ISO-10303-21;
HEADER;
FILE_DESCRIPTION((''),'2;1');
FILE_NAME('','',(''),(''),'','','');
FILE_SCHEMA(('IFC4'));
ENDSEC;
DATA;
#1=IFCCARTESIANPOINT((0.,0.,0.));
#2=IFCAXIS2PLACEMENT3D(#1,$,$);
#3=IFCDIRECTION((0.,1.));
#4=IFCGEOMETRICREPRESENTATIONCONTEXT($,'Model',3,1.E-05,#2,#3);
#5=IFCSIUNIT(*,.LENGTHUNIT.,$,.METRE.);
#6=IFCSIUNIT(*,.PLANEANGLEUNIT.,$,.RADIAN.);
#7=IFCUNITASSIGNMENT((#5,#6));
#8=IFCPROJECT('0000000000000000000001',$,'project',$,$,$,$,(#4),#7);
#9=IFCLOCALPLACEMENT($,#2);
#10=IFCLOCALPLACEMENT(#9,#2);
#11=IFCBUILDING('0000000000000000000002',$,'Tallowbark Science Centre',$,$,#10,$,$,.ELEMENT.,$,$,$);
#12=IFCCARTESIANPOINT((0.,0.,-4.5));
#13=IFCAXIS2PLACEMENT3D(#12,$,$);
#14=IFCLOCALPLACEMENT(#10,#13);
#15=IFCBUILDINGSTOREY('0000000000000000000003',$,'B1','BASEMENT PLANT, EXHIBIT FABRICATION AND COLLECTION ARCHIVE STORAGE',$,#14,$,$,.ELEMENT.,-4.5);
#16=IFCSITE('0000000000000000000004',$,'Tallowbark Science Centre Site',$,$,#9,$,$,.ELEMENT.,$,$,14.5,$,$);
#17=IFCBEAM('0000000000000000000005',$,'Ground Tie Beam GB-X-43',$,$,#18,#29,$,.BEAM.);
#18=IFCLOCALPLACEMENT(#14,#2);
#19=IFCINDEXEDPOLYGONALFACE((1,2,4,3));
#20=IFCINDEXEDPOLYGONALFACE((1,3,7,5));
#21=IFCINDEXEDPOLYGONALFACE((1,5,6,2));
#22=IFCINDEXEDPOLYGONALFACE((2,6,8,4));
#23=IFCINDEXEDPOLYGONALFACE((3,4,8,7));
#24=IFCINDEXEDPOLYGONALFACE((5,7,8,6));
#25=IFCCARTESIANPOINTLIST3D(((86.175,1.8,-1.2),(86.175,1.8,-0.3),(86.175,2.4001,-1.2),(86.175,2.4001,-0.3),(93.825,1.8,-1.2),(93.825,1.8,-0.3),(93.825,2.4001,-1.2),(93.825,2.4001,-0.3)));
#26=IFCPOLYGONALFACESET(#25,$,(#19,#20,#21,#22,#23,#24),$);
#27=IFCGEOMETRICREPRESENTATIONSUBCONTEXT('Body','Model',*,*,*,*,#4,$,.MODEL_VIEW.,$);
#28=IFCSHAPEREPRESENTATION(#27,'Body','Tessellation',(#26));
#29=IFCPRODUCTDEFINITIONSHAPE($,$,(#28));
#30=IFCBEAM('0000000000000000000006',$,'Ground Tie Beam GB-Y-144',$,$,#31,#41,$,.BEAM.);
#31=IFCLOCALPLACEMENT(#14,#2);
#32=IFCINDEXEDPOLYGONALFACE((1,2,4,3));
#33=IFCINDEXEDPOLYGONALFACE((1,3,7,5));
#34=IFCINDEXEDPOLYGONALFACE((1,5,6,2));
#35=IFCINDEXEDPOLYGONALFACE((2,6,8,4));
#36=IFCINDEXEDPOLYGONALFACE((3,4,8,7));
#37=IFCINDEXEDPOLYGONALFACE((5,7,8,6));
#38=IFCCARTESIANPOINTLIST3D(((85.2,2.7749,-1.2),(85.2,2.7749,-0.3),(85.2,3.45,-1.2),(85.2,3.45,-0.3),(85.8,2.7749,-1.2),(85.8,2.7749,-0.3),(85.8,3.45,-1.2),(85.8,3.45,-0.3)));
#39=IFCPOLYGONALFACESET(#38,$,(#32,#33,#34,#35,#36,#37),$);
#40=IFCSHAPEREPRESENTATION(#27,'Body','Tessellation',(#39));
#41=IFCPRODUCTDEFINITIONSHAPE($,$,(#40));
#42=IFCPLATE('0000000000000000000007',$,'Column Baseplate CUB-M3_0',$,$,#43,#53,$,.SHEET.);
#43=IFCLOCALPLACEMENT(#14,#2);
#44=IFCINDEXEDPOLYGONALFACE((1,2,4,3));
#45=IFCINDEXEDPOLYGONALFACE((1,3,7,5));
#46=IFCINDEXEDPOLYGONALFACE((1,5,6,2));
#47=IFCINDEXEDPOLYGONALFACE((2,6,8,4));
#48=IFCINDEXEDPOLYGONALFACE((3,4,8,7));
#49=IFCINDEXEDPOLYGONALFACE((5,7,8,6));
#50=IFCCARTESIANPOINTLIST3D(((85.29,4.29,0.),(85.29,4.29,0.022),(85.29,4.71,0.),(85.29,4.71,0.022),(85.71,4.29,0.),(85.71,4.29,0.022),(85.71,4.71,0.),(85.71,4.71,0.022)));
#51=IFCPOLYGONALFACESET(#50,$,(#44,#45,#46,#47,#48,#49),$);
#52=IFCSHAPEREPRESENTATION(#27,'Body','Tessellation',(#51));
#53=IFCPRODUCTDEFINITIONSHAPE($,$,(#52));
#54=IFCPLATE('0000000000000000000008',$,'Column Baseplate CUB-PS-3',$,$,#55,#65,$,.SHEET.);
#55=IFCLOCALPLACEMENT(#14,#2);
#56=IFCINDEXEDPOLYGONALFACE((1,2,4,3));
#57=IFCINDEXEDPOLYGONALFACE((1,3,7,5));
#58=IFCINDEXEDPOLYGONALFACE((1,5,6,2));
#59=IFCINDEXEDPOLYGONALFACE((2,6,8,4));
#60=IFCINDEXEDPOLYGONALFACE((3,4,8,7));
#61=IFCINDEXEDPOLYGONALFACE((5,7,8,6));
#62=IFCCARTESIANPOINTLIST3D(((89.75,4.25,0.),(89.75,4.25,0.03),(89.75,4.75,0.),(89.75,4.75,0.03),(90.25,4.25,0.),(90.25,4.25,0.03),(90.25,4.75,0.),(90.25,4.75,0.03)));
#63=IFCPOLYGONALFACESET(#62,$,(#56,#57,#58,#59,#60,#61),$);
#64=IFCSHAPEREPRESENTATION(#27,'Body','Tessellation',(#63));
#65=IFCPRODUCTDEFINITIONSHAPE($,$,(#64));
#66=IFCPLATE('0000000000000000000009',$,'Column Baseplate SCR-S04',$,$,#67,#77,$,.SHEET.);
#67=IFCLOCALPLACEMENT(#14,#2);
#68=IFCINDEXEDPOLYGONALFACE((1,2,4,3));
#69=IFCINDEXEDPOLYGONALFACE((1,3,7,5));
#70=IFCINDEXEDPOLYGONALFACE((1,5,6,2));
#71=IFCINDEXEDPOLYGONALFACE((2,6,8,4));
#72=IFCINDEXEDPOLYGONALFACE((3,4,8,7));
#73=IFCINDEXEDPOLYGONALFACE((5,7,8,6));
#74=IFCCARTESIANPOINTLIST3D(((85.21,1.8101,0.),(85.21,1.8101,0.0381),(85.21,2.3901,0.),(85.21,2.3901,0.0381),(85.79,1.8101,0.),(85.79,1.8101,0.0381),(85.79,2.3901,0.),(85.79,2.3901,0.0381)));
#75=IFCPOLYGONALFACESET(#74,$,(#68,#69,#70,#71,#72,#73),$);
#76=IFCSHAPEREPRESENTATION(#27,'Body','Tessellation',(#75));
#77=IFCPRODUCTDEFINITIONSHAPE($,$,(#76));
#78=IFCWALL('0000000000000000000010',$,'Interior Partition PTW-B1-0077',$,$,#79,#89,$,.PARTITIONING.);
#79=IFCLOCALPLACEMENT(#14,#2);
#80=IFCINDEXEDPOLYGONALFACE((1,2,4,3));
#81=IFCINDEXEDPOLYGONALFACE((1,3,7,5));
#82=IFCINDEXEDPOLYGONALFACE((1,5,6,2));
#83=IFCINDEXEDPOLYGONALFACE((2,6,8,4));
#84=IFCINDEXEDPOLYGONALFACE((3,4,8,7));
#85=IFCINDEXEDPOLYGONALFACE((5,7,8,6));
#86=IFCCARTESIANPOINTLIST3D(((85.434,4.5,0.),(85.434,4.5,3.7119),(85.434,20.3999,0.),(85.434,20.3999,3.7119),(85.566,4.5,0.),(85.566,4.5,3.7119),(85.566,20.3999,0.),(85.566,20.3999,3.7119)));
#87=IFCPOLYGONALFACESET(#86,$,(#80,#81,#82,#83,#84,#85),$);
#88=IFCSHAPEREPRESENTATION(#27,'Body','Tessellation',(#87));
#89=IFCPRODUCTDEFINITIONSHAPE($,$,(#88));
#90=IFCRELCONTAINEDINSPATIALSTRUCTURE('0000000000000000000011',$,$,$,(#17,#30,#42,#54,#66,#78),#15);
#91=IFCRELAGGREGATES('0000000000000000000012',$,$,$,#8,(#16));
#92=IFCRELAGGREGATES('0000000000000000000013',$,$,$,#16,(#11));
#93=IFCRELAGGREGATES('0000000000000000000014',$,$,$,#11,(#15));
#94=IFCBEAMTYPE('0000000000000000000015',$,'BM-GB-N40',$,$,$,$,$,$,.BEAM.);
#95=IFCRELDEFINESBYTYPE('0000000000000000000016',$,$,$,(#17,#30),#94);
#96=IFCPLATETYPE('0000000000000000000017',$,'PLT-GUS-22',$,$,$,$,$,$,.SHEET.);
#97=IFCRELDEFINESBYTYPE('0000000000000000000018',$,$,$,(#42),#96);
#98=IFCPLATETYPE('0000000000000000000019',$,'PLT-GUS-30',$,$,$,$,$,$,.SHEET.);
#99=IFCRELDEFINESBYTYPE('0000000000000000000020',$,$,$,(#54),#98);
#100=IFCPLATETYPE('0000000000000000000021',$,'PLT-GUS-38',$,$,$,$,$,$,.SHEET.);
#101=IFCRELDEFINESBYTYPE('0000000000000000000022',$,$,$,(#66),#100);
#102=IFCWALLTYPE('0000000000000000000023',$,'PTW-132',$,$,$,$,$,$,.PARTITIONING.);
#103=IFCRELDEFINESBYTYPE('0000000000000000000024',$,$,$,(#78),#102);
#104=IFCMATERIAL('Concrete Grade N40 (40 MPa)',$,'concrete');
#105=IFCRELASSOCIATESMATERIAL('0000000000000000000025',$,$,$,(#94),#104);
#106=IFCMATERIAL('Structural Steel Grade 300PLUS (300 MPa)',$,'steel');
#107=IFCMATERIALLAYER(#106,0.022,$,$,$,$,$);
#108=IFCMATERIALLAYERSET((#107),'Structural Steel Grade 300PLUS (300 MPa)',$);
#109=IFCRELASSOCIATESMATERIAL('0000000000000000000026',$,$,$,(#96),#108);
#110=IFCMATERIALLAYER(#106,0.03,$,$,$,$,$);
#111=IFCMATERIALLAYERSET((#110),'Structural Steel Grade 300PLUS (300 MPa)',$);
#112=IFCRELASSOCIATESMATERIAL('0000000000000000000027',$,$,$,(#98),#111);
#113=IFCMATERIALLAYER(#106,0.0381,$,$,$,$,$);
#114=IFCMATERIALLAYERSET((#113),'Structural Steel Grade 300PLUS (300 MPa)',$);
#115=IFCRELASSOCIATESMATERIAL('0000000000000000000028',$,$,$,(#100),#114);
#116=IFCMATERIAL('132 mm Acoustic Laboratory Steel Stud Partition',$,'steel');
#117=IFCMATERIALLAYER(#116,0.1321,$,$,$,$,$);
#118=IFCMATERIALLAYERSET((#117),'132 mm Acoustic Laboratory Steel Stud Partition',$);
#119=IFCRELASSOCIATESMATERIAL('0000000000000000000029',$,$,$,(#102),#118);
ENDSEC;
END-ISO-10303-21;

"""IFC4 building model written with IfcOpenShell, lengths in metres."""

from ifc_helpers import new_model, si_unit, direction, frame, frame_2d, origin, origin_2d, place, context, subcontext, project, spatial, rectangle, extrude, material, layer, layer_set, material_profile, profile_set, type_object, element, save


model = new_model("IFC4")

# Units and contexts
model_context = context("Model", 3, precision=1e-05, world=origin(), true_north=direction((0.0, 1.0)))
body_context = subcontext(model_context, "Body", "Model", "MODEL_VIEW")
ifc_project = project(units=[si_unit("LENGTHUNIT", "METRE"), si_unit("PLANEANGLEUNIT", "RADIAN")], contexts=[model_context])

# Site, building, storey
site_placement = place(None, origin())
site = spatial("IfcSite", under=ifc_project, at=site_placement, Name="Tallowbark Science Centre Site", CompositionType="ELEMENT", RefElevation=14.5)
building_placement = place(site_placement, origin())
building = spatial("IfcBuilding", under=site, at=building_placement, Name="Tallowbark Science Centre", CompositionType="ELEMENT")
storey_placement = place(building_placement, frame((0.0, 0.0, -4.5)))
storey = spatial("IfcBuildingStorey", under=building, at=storey_placement, Name="B1", Description="BASEMENT PLANT, EXHIBIT FABRICATION AND COLLECTION ARCHIVE STORAGE", CompositionType="ELEMENT", Elevation=-4.5)

# Shared definitions
ifc_material_1 = material(Name="Concrete Grade N40 (40 MPa)", Category="concrete")

# Shared definitions
ifc_material_2 = material(Name="Structural Steel Grade 300PLUS (300 MPa)", Category="steel")

# Beams
ifc_material_profile_1 = material_profile(ifc_material_1, rectangle(XDim=0.6001, YDim=0.8999, at=origin_2d()), Name="RC600x900")
ifc_profile_set_1 = profile_set([ifc_material_profile_1], Name="Concrete Grade N40 (40 MPa)")
beam_type = type_object("IfcBeamType", Name="BM-GB-N40", PredefinedType="BEAM", material=ifc_profile_set_1)
beam_1_placement = place(storey_placement, frame((86.175, 2.1001, -0.75), z_axis=(1.0, 0.0, 0.0), x_axis=(0.0, 1.0, 0.0)))
element("IfcBeam", 1, at=beam_1_placement, inside=storey, type_object=beam_type, Name="Ground Tie Beam GB-X-43", PredefinedType="BEAM", context=body_context, shape_type="SweptSolid", body=[
    extrude(rectangle(XDim=0.6001, YDim=0.8999, at=origin_2d()), origin(), (0.0, 0.0, 1.0), 7.6499),
])
beam_2_placement = place(storey_placement, frame((85.5, 2.7749, -0.75), z_axis=(0.0, 1.0, 0.0), x_axis=(-1.0, 0.0, 0.0)))
element("IfcBeam", 2, at=beam_2_placement, inside=storey, type_object=beam_type, Name="Ground Tie Beam GB-Y-144", PredefinedType="BEAM", context=body_context, shape_type="SweptSolid", body=[
    extrude(rectangle(XDim=0.6001, YDim=0.8999, at=origin_2d()), origin(), (0.0, 0.0, 1.0), 0.675),
])

# Plates
ifc_layer_1 = layer(ifc_material_2, 0.022)
ifc_layer_set_1 = layer_set([ifc_layer_1], Name="Structural Steel Grade 300PLUS (300 MPa)")
plate_type_1 = type_object("IfcPlateType", Name="PLT-GUS-22", PredefinedType="SHEET", material=ifc_layer_set_1)
plate_1_placement = place(storey_placement, frame((85.5, 4.5, 0.0), z_axis=(0.0, 0.0, 1.0), x_axis=(1.0, 0.0, 0.0)))
element("IfcPlate", 3, at=plate_1_placement, inside=storey, type_object=plate_type_1, Name="Column Baseplate CUB-M3_0", PredefinedType="SHEET", context=body_context, shape_type="SweptSolid", body=[
    extrude(rectangle(XDim=0.4199, YDim=0.4199, at=origin_2d()), origin(), (0.0, 0.0, 1.0), 0.022),
])
ifc_layer_2 = layer(ifc_material_2, 0.03)
ifc_layer_set_2 = layer_set([ifc_layer_2], Name="Structural Steel Grade 300PLUS (300 MPa)")
plate_type_2 = type_object("IfcPlateType", Name="PLT-GUS-30", PredefinedType="SHEET", material=ifc_layer_set_2)
plate_2_placement = place(storey_placement, frame((90.0, 4.5, 0.0), z_axis=(0.0, 0.0, 1.0), x_axis=(1.0, 0.0, 0.0)))
element("IfcPlate", 4, at=plate_2_placement, inside=storey, type_object=plate_type_2, Name="Column Baseplate CUB-PS-3", PredefinedType="SHEET", context=body_context, shape_type="SweptSolid", body=[
    extrude(rectangle(XDim=0.5, YDim=0.5, at=origin_2d()), origin(), (0.0, 0.0, 1.0), 0.03),
])
ifc_layer_3 = layer(ifc_material_2, 0.0381)
ifc_layer_set_3 = layer_set([ifc_layer_3], Name="Structural Steel Grade 300PLUS (300 MPa)")
plate_type_3 = type_object("IfcPlateType", Name="PLT-GUS-38", PredefinedType="SHEET", material=ifc_layer_set_3)
plate_3_placement = place(storey_placement, frame((85.5, 2.1001, 0.0), z_axis=(0.0, 0.0, 1.0), x_axis=(1.0, 0.0, 0.0)))
element("IfcPlate", 5, at=plate_3_placement, inside=storey, type_object=plate_type_3, Name="Column Baseplate SCR-S04", PredefinedType="SHEET", context=body_context, shape_type="SweptSolid", body=[
    extrude(rectangle(XDim=0.5801, YDim=0.5801, at=origin_2d()), origin(), (0.0, 0.0, 1.0), 0.0381),
])

# Wall
ifc_material_3 = material(Name="132 mm Acoustic Laboratory Steel Stud Partition", Category="steel")
ifc_layer_4 = layer(ifc_material_3, 0.1321)
ifc_layer_set_4 = layer_set([ifc_layer_4], Name="132 mm Acoustic Laboratory Steel Stud Partition")
wall_type = type_object("IfcWallType", Name="PTW-132", PredefinedType="PARTITIONING", material=ifc_layer_set_4)
wall_placement = place(storey_placement, frame((85.5, 4.5, 0.0), z_axis=(0.0, 0.0, 1.0), x_axis=(0.0, 1.0, 0.0)))
element("IfcWall", 6, at=wall_placement, inside=storey, type_object=wall_type, Name="Interior Partition PTW-B1-0077", PredefinedType="PARTITIONING", context=body_context, shape_type="SweptSolid", body=[
    extrude(rectangle(XDim=15.8999, YDim=0.1321, at=frame_2d((7.95, 0.0))), origin(), (0.0, 0.0, 1.0), 3.7119),
])

save(model, "model.ifc")
